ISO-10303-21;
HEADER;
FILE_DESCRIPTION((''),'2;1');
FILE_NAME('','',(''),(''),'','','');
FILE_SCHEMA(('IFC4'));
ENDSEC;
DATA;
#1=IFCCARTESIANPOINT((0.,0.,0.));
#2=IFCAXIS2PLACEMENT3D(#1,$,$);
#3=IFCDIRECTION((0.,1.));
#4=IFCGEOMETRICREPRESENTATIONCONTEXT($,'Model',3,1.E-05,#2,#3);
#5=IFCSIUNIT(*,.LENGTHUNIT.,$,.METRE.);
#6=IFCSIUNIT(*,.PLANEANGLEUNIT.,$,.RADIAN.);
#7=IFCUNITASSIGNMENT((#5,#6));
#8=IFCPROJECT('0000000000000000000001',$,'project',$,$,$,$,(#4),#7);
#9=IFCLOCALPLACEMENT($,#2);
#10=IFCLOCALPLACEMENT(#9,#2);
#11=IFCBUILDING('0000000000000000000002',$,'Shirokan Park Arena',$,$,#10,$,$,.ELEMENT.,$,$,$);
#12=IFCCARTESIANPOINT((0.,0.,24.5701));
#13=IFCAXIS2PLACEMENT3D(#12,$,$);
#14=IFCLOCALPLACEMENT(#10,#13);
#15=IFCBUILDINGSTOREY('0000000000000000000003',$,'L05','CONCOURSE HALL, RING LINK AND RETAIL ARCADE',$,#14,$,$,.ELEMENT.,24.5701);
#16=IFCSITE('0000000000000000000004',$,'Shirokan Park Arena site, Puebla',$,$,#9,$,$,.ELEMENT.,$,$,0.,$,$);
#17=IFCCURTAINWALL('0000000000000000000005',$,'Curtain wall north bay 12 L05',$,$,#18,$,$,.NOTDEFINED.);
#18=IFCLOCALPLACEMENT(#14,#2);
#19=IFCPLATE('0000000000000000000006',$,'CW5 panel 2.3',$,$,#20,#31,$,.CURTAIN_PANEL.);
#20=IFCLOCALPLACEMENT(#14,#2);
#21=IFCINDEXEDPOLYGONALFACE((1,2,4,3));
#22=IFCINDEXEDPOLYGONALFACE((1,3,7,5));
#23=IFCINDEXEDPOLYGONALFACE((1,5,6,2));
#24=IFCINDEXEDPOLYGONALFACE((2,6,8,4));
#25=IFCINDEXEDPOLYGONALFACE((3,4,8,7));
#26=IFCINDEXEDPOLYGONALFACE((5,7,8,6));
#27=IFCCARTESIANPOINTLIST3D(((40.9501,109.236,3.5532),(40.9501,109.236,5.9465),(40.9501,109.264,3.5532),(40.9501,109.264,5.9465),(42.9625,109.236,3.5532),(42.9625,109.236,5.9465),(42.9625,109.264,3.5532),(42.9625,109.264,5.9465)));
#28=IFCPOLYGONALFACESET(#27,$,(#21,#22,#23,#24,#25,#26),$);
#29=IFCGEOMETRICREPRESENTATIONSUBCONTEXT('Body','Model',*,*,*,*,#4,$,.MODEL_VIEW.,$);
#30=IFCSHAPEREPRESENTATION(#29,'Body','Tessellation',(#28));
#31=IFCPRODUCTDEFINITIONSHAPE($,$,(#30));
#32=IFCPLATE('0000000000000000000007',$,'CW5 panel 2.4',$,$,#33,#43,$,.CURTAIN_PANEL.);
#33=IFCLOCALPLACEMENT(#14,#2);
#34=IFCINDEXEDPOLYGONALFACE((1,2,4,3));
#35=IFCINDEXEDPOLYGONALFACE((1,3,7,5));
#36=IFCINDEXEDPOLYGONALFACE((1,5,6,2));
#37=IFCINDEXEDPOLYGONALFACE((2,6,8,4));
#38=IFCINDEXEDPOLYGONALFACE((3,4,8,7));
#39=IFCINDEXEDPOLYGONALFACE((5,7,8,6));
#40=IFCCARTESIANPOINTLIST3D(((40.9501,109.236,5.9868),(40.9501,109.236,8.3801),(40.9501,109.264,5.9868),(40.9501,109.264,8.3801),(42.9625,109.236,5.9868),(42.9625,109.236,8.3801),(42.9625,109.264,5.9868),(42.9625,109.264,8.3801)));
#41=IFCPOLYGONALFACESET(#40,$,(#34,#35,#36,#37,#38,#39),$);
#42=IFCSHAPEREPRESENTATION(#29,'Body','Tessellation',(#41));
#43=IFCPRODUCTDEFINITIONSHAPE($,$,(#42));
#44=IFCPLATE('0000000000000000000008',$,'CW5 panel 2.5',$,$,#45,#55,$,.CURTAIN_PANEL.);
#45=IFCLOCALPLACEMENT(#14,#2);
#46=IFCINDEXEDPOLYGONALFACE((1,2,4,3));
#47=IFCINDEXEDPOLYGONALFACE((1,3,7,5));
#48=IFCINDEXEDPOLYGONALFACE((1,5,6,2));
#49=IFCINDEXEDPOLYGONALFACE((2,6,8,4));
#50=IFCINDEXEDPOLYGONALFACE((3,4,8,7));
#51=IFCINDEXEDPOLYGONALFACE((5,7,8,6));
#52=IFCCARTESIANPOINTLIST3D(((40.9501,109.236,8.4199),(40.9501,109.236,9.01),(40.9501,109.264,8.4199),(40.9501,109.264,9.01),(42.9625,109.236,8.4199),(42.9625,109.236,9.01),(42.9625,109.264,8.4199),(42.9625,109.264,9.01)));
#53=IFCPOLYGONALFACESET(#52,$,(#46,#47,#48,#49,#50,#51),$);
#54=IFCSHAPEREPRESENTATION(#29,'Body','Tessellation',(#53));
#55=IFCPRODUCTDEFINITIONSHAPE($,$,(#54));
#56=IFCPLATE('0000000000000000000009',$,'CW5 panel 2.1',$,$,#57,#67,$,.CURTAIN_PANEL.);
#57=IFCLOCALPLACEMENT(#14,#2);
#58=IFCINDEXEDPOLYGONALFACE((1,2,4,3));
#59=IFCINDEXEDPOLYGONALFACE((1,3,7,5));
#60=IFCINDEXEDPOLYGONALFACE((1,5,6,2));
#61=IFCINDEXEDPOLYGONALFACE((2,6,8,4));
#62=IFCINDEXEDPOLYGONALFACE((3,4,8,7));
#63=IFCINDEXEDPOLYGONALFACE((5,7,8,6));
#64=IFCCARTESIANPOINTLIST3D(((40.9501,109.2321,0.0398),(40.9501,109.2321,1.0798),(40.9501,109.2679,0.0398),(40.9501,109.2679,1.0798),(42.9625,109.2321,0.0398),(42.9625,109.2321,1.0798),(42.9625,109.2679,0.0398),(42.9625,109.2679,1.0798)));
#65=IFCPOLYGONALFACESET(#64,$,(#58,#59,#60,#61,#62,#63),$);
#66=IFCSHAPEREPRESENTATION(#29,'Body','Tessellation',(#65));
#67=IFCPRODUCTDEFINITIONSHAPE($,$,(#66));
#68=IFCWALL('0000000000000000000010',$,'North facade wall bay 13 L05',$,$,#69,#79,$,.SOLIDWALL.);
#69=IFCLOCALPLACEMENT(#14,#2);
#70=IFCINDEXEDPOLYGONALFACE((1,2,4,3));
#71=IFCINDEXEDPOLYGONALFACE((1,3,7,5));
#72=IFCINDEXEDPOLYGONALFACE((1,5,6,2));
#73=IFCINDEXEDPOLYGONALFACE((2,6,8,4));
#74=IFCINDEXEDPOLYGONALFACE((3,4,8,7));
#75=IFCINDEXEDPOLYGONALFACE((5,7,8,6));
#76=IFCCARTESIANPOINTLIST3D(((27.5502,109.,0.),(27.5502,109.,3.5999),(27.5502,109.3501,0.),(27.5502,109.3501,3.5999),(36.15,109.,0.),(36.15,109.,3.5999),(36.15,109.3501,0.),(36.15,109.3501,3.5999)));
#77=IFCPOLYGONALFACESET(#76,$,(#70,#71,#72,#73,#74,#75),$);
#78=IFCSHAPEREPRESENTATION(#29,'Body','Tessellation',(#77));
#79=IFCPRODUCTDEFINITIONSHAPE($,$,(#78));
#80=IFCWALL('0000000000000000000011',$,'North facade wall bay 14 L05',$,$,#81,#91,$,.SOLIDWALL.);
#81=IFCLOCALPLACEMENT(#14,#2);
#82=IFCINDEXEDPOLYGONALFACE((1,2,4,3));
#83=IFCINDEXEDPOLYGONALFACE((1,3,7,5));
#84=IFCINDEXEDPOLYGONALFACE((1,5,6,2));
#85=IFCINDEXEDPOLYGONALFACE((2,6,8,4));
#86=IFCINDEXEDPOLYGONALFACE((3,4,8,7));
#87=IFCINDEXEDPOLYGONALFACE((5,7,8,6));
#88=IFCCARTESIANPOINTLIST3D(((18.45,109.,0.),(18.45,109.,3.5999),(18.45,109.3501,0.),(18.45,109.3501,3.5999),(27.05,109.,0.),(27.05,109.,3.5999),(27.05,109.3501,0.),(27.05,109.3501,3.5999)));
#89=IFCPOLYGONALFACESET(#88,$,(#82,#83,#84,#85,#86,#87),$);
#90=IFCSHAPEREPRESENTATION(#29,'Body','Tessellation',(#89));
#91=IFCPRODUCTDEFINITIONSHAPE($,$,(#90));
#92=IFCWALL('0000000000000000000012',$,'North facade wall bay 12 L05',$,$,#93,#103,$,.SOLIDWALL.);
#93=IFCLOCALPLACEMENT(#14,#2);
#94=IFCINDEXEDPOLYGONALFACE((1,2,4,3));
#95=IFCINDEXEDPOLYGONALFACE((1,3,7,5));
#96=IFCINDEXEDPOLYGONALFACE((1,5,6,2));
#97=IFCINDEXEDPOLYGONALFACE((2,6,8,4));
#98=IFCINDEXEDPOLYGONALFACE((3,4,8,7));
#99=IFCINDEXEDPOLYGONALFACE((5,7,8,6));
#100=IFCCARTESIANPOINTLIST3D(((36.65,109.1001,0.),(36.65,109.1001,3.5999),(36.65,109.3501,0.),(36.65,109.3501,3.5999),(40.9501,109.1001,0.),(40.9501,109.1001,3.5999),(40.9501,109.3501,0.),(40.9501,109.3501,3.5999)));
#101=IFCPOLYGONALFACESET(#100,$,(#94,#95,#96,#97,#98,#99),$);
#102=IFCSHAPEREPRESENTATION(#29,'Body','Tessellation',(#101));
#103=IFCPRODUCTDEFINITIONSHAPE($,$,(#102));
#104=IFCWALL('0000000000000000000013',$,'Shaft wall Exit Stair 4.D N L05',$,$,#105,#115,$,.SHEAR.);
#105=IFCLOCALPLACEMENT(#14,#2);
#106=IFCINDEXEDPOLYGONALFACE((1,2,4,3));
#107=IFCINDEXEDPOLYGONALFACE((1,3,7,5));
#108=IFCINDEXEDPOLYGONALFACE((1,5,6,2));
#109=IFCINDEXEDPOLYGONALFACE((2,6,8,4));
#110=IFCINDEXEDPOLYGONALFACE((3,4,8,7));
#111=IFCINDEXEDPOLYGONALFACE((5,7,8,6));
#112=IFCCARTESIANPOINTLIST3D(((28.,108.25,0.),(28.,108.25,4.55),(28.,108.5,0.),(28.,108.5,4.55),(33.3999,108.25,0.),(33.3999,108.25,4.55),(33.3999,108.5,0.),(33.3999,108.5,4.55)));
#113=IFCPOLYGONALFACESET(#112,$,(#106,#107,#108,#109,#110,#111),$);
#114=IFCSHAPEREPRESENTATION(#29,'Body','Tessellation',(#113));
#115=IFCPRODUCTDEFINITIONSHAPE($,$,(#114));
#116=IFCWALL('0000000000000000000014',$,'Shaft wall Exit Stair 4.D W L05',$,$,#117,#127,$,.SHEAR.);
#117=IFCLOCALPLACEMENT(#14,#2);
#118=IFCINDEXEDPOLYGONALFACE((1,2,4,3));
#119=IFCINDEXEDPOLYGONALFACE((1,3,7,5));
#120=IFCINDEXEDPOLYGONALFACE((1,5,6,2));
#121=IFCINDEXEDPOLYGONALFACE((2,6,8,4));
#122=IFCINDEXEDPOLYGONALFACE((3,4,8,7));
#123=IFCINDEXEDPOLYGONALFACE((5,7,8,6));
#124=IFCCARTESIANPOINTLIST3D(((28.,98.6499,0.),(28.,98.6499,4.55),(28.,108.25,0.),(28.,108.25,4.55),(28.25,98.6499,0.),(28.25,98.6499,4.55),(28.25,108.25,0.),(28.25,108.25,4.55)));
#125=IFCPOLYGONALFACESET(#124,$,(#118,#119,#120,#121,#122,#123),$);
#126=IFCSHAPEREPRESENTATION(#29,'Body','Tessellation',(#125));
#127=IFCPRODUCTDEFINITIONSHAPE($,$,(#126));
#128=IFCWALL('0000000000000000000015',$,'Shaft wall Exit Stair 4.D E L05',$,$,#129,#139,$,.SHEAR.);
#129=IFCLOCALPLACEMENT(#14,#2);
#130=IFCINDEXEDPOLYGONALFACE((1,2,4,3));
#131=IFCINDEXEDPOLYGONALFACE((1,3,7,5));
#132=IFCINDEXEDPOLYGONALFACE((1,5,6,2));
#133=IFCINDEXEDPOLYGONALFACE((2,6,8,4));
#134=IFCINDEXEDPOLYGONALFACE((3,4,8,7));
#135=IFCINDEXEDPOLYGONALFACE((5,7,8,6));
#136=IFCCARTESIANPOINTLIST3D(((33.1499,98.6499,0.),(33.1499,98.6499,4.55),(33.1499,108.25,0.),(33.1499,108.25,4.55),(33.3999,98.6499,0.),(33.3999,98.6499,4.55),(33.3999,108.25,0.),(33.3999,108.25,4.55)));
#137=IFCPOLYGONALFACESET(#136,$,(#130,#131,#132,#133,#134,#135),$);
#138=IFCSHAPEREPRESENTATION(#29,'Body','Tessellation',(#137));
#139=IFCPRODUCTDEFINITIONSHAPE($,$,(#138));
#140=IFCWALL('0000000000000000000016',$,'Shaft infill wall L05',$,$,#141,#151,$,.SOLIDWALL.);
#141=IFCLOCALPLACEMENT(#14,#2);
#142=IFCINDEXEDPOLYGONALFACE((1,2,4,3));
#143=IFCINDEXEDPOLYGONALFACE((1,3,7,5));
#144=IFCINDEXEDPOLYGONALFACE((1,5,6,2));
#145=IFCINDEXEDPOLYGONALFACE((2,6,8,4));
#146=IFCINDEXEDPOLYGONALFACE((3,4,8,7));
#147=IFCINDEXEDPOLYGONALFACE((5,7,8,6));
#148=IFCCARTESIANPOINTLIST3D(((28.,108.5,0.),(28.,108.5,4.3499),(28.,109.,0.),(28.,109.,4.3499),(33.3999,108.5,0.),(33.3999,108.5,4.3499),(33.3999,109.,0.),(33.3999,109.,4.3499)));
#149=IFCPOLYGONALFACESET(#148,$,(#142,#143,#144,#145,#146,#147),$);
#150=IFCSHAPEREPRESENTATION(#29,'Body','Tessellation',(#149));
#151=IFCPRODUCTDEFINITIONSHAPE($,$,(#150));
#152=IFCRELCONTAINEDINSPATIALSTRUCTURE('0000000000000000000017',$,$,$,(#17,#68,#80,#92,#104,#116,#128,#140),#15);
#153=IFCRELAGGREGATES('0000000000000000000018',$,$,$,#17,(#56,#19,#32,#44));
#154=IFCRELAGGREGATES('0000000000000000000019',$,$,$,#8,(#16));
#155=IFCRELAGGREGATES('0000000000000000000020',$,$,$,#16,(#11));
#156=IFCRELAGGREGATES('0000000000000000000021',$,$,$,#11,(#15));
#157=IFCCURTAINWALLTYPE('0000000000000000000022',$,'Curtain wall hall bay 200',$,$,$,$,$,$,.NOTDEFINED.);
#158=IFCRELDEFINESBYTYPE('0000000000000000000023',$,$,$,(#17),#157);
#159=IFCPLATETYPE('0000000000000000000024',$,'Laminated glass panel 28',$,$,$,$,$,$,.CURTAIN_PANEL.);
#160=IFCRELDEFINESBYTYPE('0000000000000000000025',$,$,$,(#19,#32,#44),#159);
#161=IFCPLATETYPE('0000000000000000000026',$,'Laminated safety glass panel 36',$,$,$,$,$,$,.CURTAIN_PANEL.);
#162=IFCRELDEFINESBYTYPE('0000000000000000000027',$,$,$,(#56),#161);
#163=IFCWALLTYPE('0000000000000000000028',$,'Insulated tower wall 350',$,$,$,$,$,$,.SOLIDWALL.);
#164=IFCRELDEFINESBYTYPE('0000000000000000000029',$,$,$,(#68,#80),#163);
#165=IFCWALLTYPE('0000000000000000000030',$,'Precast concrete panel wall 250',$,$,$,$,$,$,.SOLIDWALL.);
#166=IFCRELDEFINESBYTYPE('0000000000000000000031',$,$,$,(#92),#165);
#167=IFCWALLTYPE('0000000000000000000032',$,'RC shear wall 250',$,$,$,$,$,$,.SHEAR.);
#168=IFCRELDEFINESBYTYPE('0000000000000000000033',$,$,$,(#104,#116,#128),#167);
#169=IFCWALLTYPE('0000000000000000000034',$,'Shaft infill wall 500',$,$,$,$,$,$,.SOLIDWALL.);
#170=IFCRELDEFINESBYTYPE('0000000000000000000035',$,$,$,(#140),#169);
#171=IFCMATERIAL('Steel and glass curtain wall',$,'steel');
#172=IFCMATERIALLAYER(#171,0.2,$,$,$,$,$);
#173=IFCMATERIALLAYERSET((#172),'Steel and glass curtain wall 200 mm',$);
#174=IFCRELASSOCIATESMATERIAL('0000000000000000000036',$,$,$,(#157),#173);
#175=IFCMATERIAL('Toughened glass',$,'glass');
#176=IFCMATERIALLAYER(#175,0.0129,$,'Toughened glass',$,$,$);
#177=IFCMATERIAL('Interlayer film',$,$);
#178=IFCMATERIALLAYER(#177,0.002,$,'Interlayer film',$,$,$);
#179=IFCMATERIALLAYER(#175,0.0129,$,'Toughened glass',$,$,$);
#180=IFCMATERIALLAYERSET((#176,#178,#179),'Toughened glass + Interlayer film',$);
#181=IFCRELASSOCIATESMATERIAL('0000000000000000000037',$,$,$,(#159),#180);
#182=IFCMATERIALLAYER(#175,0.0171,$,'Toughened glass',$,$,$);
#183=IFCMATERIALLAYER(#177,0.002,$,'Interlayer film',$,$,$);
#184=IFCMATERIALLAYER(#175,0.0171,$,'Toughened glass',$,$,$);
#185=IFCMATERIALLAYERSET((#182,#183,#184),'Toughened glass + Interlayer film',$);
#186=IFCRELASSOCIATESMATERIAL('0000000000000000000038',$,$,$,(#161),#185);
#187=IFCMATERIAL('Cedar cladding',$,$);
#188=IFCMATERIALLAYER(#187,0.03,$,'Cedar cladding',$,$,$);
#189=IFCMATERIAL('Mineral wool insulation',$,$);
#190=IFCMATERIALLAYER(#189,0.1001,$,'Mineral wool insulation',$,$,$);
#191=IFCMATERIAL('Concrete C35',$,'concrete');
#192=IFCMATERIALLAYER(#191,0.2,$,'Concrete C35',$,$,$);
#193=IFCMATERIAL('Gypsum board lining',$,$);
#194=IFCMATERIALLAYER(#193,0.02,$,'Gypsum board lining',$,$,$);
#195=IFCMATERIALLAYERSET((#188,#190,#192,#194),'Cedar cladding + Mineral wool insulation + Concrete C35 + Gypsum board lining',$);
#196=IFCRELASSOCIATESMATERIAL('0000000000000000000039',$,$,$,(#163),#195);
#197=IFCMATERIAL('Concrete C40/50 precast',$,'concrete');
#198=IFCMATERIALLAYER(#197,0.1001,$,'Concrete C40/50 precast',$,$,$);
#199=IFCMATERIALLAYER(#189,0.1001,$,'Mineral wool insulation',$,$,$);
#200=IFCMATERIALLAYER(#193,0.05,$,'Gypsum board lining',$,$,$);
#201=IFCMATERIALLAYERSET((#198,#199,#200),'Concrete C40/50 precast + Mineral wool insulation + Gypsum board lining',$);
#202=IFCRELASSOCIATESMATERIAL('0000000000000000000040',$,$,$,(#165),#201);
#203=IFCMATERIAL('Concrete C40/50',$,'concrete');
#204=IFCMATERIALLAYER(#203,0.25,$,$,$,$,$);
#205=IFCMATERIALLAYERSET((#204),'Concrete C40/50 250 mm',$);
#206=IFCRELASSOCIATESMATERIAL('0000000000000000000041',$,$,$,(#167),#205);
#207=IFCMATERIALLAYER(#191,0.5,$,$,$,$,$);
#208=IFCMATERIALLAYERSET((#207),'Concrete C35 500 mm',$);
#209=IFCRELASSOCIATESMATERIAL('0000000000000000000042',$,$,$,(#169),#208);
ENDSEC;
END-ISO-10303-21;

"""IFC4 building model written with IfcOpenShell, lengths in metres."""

from ifc_helpers import new_model, si_unit, direction, frame, frame_2d, origin, origin_2d, place, context, subcontext, project, spatial, rectangle, extrude, material, layer, layer_set, type_object, element, aggregate, save


model = new_model("IFC4")

# Units and contexts
model_context = context("Model", 3, precision=1e-05, world=origin(), true_north=direction((0.0, 1.0)))
body_context = subcontext(model_context, "Body", "Model", "MODEL_VIEW")
ifc_project = project(units=[si_unit("LENGTHUNIT", "METRE"), si_unit("PLANEANGLEUNIT", "RADIAN")], contexts=[model_context])

# Site, building, storey
site_placement = place(None, origin())
site = spatial("IfcSite", under=ifc_project, at=site_placement, Name="Shirokan Park Arena site, Puebla", CompositionType="ELEMENT", RefElevation=0.0)
building_placement = place(site_placement, origin())
building = spatial("IfcBuilding", under=site, at=building_placement, Name="Shirokan Park Arena", CompositionType="ELEMENT")
storey_placement = place(building_placement, frame((0.0, 0.0, 24.5701)))
storey = spatial("IfcBuildingStorey", under=building, at=storey_placement, Name="L05", Description="CONCOURSE HALL, RING LINK AND RETAIL ARCADE", CompositionType="ELEMENT", Elevation=24.5701)

# Shared definitions
ifc_material_1 = material(Name="Concrete C35", Category="concrete")

# Curtain wall
ifc_material_2 = material(Name="Steel and glass curtain wall", Category="steel")
ifc_layer_1 = layer(ifc_material_2, 0.2)
ifc_layer_set_1 = layer_set([ifc_layer_1], Name="Steel and glass curtain wall 200 mm")
curtain_wall_type = type_object("IfcCurtainWallType", Name="Curtain wall hall bay 200", PredefinedType="NOTDEFINED", material=ifc_layer_set_1)
curtain_wall_placement = place(storey_placement, origin())
curtain_wall = element("IfcCurtainWall", 1, at=curtain_wall_placement, inside=storey, type_object=curtain_wall_type, Name="Curtain wall north bay 12 L05", PredefinedType="NOTDEFINED")

# Plates
ifc_material_3 = material(Name="Toughened glass", Category="glass")
ifc_layer_2 = layer(ifc_material_3, 0.0129, Name="Toughened glass")
ifc_material_4 = material(Name="Interlayer film")
ifc_layer_3 = layer(ifc_material_4, 0.002, Name="Interlayer film")
ifc_layer_4 = layer(ifc_material_3, 0.0129, Name="Toughened glass")
ifc_layer_set_2 = layer_set([ifc_layer_2, ifc_layer_3, ifc_layer_4], Name="Toughened glass + Interlayer film")
plate_type_1 = type_object("IfcPlateType", Name="Laminated glass panel 28", PredefinedType="CURTAIN_PANEL", material=ifc_layer_set_2)
plate_1_placement = place(storey_placement, frame((41.9563, 109.25, 3.5532), z_axis=(0.0, 0.0, 1.0), x_axis=(-1.0, 0.0, 0.0)))
plate_1 = element("IfcPlate", 2, at=plate_1_placement, type_object=plate_type_1, Name="CW5 panel 2.3", PredefinedType="CURTAIN_PANEL", context=body_context, shape_type="SweptSolid", body=[
    extrude(rectangle(XDim=2.0125, YDim=0.0281, at=origin_2d()), origin(), (0.0, 0.0, 1.0), 2.3933),
])
plate_2_placement = place(storey_placement, frame((41.9563, 109.25, 5.9868), z_axis=(0.0, 0.0, 1.0), x_axis=(-1.0, 0.0, 0.0)))
plate_2 = element("IfcPlate", 3, at=plate_2_placement, type_object=plate_type_1, Name="CW5 panel 2.4", PredefinedType="CURTAIN_PANEL", context=body_context, shape_type="SweptSolid", body=[
    extrude(rectangle(XDim=2.0125, YDim=0.0281, at=origin_2d()), origin(), (0.0, 0.0, 1.0), 2.3933),
])
plate_3_placement = place(storey_placement, frame((41.9563, 109.25, 8.4199), z_axis=(0.0, 0.0, 1.0), x_axis=(-1.0, 0.0, 0.0)))
plate_3 = element("IfcPlate", 4, at=plate_3_placement, type_object=plate_type_1, Name="CW5 panel 2.5", PredefinedType="CURTAIN_PANEL", context=body_context, shape_type="SweptSolid", body=[
    extrude(rectangle(XDim=2.0125, YDim=0.0281, at=origin_2d()), origin(), (0.0, 0.0, 1.0), 0.5901),
])
ifc_layer_5 = layer(ifc_material_3, 0.0171, Name="Toughened glass")
ifc_layer_6 = layer(ifc_material_4, 0.002, Name="Interlayer film")
ifc_layer_7 = layer(ifc_material_3, 0.0171, Name="Toughened glass")
ifc_layer_set_3 = layer_set([ifc_layer_5, ifc_layer_6, ifc_layer_7], Name="Toughened glass + Interlayer film")
plate_type_2 = type_object("IfcPlateType", Name="Laminated safety glass panel 36", PredefinedType="CURTAIN_PANEL", material=ifc_layer_set_3)
plate_4_placement = place(storey_placement, frame((41.9563, 109.25, 0.0398), z_axis=(0.0, 0.0, 1.0), x_axis=(-1.0, 0.0, 0.0)))
plate_4 = element("IfcPlate", 5, at=plate_4_placement, type_object=plate_type_2, Name="CW5 panel 2.1", PredefinedType="CURTAIN_PANEL", context=body_context, shape_type="SweptSolid", body=[
    extrude(rectangle(XDim=2.0125, YDim=0.0359, at=origin_2d()), origin(), (0.0, 0.0, 1.0), 1.04),
])
aggregate(curtain_wall, [plate_4, plate_1, plate_2, plate_3])

# Walls
ifc_material_5 = material(Name="Cedar cladding")
ifc_layer_8 = layer(ifc_material_5, 0.03, Name="Cedar cladding")
ifc_material_6 = material(Name="Mineral wool insulation")
ifc_layer_9 = layer(ifc_material_6, 0.1001, Name="Mineral wool insulation")
ifc_layer_10 = layer(ifc_material_1, 0.2, Name="Concrete C35")
ifc_material_7 = material(Name="Gypsum board lining")
ifc_layer_11 = layer(ifc_material_7, 0.02, Name="Gypsum board lining")
ifc_layer_set_4 = layer_set([ifc_layer_8, ifc_layer_9, ifc_layer_10, ifc_layer_11], Name="Cedar cladding + Mineral wool insulation + Concrete C35 + Gypsum board lining")
wall_type_1 = type_object("IfcWallType", Name="Insulated tower wall 350", PredefinedType="SOLIDWALL", material=ifc_layer_set_4)
wall_1_placement = place(storey_placement, frame((36.1499, 109.175, 0.0), z_axis=(0.0, 0.0, 1.0), x_axis=(-1.0, 0.0, 0.0)))
element("IfcWall", 6, at=wall_1_placement, inside=storey, type_object=wall_type_1, Name="North facade wall bay 13 L05", PredefinedType="SOLIDWALL", context=body_context, shape_type="SweptSolid", body=[
    extrude(rectangle(XDim=8.5999, YDim=0.3501, at=frame_2d((4.2998, 0.0))), origin(), (0.0, 0.0, 1.0), 3.5999),
])
wall_2_placement = place(storey_placement, frame((27.05, 109.175, 0.0), z_axis=(0.0, 0.0, 1.0), x_axis=(-1.0, 0.0, 0.0)))
element("IfcWall", 7, at=wall_2_placement, inside=storey, type_object=wall_type_1, Name="North facade wall bay 14 L05", PredefinedType="SOLIDWALL", context=body_context, shape_type="SweptSolid", body=[
    extrude(rectangle(XDim=8.6001, YDim=0.3501, at=frame_2d((4.3, 0.0))), origin(), (0.0, 0.0, 1.0), 3.5999),
])
ifc_material_8 = material(Name="Concrete C40/50 precast", Category="concrete")
ifc_layer_12 = layer(ifc_material_8, 0.1001, Name="Concrete C40/50 precast")
ifc_layer_13 = layer(ifc_material_6, 0.1001, Name="Mineral wool insulation")
ifc_layer_14 = layer(ifc_material_7, 0.05, Name="Gypsum board lining")
ifc_layer_set_5 = layer_set([ifc_layer_12, ifc_layer_13, ifc_layer_14], Name="Concrete C40/50 precast + Mineral wool insulation + Gypsum board lining")
wall_type_2 = type_object("IfcWallType", Name="Precast concrete panel wall 250", PredefinedType="SOLIDWALL", material=ifc_layer_set_5)
wall_3_placement = place(storey_placement, frame((40.95, 109.2251, 0.0), z_axis=(0.0, 0.0, 1.0), x_axis=(-1.0, 0.0, 0.0)))
element("IfcWall", 8, at=wall_3_placement, inside=storey, type_object=wall_type_2, Name="North facade wall bay 12 L05", PredefinedType="SOLIDWALL", context=body_context, shape_type="SweptSolid", body=[
    extrude(rectangle(XDim=4.3, YDim=0.25, at=frame_2d((2.1499, 0.0))), origin(), (0.0, 0.0, 1.0), 3.5999),
])
ifc_material_9 = material(Name="Concrete C40/50", Category="concrete")
ifc_layer_15 = layer(ifc_material_9, 0.25)
ifc_layer_set_6 = layer_set([ifc_layer_15], Name="Concrete C40/50 250 mm")
wall_type_3 = type_object("IfcWallType", Name="RC shear wall 250", PredefinedType="SHEAR", material=ifc_layer_set_6)
wall_4_placement = place(storey_placement, frame((33.3999, 108.375, 0.0), z_axis=(0.0, 0.0, 1.0), x_axis=(-1.0, 0.0, 0.0)))
element("IfcWall", 9, at=wall_4_placement, inside=storey, type_object=wall_type_3, Name="Shaft wall Exit Stair 4.D N L05", PredefinedType="SHEAR", context=body_context, shape_type="SweptSolid", body=[
    extrude(rectangle(XDim=5.3999, YDim=0.25, at=frame_2d((2.7, 0.0))), origin(), (0.0, 0.0, 1.0), 4.55),
])
for number, where, z_axis, x_axis, name in (
    (10, (28.125, 108.25, 0.0), (0.0, 0.0, 1.0), (0.0, -1.0, 0.0), "Shaft wall Exit Stair 4.D W L05"),
    (11, (33.2749, 108.25, 0.0), (0.0, 0.0, 1.0), (0.0, -1.0, 0.0), "Shaft wall Exit Stair 4.D E L05"),
):
    element("IfcWall", number, at=place(storey_placement, frame(where, z_axis=z_axis, x_axis=x_axis)), inside=storey, type_object=wall_type_3, Name=name, PredefinedType="SHEAR", context=body_context, shape_type="SweptSolid", body=[
        extrude(rectangle(XDim=9.6001, YDim=0.25, at=frame_2d((4.8, 0.0))), origin(), (0.0, 0.0, 1.0), 4.55),
    ])
ifc_layer_16 = layer(ifc_material_1, 0.5)
ifc_layer_set_7 = layer_set([ifc_layer_16], Name="Concrete C35 500 mm")
wall_type_4 = type_object("IfcWallType", Name="Shaft infill wall 500", PredefinedType="SOLIDWALL", material=ifc_layer_set_7)
wall_5_placement = place(storey_placement, frame((28.0, 108.75, 0.0), z_axis=(0.0, 0.0, 1.0), x_axis=(1.0, 0.0, 0.0)))
element("IfcWall", 12, at=wall_5_placement, inside=storey, type_object=wall_type_4, Name="Shaft infill wall L05", PredefinedType="SOLIDWALL", context=body_context, shape_type="SweptSolid", body=[
    extrude(rectangle(XDim=5.3999, YDim=0.5, at=frame_2d((2.7, 0.0))), origin(), (0.0, 0.0, 1.0), 4.3499),
])

save(model, "model.ifc")
